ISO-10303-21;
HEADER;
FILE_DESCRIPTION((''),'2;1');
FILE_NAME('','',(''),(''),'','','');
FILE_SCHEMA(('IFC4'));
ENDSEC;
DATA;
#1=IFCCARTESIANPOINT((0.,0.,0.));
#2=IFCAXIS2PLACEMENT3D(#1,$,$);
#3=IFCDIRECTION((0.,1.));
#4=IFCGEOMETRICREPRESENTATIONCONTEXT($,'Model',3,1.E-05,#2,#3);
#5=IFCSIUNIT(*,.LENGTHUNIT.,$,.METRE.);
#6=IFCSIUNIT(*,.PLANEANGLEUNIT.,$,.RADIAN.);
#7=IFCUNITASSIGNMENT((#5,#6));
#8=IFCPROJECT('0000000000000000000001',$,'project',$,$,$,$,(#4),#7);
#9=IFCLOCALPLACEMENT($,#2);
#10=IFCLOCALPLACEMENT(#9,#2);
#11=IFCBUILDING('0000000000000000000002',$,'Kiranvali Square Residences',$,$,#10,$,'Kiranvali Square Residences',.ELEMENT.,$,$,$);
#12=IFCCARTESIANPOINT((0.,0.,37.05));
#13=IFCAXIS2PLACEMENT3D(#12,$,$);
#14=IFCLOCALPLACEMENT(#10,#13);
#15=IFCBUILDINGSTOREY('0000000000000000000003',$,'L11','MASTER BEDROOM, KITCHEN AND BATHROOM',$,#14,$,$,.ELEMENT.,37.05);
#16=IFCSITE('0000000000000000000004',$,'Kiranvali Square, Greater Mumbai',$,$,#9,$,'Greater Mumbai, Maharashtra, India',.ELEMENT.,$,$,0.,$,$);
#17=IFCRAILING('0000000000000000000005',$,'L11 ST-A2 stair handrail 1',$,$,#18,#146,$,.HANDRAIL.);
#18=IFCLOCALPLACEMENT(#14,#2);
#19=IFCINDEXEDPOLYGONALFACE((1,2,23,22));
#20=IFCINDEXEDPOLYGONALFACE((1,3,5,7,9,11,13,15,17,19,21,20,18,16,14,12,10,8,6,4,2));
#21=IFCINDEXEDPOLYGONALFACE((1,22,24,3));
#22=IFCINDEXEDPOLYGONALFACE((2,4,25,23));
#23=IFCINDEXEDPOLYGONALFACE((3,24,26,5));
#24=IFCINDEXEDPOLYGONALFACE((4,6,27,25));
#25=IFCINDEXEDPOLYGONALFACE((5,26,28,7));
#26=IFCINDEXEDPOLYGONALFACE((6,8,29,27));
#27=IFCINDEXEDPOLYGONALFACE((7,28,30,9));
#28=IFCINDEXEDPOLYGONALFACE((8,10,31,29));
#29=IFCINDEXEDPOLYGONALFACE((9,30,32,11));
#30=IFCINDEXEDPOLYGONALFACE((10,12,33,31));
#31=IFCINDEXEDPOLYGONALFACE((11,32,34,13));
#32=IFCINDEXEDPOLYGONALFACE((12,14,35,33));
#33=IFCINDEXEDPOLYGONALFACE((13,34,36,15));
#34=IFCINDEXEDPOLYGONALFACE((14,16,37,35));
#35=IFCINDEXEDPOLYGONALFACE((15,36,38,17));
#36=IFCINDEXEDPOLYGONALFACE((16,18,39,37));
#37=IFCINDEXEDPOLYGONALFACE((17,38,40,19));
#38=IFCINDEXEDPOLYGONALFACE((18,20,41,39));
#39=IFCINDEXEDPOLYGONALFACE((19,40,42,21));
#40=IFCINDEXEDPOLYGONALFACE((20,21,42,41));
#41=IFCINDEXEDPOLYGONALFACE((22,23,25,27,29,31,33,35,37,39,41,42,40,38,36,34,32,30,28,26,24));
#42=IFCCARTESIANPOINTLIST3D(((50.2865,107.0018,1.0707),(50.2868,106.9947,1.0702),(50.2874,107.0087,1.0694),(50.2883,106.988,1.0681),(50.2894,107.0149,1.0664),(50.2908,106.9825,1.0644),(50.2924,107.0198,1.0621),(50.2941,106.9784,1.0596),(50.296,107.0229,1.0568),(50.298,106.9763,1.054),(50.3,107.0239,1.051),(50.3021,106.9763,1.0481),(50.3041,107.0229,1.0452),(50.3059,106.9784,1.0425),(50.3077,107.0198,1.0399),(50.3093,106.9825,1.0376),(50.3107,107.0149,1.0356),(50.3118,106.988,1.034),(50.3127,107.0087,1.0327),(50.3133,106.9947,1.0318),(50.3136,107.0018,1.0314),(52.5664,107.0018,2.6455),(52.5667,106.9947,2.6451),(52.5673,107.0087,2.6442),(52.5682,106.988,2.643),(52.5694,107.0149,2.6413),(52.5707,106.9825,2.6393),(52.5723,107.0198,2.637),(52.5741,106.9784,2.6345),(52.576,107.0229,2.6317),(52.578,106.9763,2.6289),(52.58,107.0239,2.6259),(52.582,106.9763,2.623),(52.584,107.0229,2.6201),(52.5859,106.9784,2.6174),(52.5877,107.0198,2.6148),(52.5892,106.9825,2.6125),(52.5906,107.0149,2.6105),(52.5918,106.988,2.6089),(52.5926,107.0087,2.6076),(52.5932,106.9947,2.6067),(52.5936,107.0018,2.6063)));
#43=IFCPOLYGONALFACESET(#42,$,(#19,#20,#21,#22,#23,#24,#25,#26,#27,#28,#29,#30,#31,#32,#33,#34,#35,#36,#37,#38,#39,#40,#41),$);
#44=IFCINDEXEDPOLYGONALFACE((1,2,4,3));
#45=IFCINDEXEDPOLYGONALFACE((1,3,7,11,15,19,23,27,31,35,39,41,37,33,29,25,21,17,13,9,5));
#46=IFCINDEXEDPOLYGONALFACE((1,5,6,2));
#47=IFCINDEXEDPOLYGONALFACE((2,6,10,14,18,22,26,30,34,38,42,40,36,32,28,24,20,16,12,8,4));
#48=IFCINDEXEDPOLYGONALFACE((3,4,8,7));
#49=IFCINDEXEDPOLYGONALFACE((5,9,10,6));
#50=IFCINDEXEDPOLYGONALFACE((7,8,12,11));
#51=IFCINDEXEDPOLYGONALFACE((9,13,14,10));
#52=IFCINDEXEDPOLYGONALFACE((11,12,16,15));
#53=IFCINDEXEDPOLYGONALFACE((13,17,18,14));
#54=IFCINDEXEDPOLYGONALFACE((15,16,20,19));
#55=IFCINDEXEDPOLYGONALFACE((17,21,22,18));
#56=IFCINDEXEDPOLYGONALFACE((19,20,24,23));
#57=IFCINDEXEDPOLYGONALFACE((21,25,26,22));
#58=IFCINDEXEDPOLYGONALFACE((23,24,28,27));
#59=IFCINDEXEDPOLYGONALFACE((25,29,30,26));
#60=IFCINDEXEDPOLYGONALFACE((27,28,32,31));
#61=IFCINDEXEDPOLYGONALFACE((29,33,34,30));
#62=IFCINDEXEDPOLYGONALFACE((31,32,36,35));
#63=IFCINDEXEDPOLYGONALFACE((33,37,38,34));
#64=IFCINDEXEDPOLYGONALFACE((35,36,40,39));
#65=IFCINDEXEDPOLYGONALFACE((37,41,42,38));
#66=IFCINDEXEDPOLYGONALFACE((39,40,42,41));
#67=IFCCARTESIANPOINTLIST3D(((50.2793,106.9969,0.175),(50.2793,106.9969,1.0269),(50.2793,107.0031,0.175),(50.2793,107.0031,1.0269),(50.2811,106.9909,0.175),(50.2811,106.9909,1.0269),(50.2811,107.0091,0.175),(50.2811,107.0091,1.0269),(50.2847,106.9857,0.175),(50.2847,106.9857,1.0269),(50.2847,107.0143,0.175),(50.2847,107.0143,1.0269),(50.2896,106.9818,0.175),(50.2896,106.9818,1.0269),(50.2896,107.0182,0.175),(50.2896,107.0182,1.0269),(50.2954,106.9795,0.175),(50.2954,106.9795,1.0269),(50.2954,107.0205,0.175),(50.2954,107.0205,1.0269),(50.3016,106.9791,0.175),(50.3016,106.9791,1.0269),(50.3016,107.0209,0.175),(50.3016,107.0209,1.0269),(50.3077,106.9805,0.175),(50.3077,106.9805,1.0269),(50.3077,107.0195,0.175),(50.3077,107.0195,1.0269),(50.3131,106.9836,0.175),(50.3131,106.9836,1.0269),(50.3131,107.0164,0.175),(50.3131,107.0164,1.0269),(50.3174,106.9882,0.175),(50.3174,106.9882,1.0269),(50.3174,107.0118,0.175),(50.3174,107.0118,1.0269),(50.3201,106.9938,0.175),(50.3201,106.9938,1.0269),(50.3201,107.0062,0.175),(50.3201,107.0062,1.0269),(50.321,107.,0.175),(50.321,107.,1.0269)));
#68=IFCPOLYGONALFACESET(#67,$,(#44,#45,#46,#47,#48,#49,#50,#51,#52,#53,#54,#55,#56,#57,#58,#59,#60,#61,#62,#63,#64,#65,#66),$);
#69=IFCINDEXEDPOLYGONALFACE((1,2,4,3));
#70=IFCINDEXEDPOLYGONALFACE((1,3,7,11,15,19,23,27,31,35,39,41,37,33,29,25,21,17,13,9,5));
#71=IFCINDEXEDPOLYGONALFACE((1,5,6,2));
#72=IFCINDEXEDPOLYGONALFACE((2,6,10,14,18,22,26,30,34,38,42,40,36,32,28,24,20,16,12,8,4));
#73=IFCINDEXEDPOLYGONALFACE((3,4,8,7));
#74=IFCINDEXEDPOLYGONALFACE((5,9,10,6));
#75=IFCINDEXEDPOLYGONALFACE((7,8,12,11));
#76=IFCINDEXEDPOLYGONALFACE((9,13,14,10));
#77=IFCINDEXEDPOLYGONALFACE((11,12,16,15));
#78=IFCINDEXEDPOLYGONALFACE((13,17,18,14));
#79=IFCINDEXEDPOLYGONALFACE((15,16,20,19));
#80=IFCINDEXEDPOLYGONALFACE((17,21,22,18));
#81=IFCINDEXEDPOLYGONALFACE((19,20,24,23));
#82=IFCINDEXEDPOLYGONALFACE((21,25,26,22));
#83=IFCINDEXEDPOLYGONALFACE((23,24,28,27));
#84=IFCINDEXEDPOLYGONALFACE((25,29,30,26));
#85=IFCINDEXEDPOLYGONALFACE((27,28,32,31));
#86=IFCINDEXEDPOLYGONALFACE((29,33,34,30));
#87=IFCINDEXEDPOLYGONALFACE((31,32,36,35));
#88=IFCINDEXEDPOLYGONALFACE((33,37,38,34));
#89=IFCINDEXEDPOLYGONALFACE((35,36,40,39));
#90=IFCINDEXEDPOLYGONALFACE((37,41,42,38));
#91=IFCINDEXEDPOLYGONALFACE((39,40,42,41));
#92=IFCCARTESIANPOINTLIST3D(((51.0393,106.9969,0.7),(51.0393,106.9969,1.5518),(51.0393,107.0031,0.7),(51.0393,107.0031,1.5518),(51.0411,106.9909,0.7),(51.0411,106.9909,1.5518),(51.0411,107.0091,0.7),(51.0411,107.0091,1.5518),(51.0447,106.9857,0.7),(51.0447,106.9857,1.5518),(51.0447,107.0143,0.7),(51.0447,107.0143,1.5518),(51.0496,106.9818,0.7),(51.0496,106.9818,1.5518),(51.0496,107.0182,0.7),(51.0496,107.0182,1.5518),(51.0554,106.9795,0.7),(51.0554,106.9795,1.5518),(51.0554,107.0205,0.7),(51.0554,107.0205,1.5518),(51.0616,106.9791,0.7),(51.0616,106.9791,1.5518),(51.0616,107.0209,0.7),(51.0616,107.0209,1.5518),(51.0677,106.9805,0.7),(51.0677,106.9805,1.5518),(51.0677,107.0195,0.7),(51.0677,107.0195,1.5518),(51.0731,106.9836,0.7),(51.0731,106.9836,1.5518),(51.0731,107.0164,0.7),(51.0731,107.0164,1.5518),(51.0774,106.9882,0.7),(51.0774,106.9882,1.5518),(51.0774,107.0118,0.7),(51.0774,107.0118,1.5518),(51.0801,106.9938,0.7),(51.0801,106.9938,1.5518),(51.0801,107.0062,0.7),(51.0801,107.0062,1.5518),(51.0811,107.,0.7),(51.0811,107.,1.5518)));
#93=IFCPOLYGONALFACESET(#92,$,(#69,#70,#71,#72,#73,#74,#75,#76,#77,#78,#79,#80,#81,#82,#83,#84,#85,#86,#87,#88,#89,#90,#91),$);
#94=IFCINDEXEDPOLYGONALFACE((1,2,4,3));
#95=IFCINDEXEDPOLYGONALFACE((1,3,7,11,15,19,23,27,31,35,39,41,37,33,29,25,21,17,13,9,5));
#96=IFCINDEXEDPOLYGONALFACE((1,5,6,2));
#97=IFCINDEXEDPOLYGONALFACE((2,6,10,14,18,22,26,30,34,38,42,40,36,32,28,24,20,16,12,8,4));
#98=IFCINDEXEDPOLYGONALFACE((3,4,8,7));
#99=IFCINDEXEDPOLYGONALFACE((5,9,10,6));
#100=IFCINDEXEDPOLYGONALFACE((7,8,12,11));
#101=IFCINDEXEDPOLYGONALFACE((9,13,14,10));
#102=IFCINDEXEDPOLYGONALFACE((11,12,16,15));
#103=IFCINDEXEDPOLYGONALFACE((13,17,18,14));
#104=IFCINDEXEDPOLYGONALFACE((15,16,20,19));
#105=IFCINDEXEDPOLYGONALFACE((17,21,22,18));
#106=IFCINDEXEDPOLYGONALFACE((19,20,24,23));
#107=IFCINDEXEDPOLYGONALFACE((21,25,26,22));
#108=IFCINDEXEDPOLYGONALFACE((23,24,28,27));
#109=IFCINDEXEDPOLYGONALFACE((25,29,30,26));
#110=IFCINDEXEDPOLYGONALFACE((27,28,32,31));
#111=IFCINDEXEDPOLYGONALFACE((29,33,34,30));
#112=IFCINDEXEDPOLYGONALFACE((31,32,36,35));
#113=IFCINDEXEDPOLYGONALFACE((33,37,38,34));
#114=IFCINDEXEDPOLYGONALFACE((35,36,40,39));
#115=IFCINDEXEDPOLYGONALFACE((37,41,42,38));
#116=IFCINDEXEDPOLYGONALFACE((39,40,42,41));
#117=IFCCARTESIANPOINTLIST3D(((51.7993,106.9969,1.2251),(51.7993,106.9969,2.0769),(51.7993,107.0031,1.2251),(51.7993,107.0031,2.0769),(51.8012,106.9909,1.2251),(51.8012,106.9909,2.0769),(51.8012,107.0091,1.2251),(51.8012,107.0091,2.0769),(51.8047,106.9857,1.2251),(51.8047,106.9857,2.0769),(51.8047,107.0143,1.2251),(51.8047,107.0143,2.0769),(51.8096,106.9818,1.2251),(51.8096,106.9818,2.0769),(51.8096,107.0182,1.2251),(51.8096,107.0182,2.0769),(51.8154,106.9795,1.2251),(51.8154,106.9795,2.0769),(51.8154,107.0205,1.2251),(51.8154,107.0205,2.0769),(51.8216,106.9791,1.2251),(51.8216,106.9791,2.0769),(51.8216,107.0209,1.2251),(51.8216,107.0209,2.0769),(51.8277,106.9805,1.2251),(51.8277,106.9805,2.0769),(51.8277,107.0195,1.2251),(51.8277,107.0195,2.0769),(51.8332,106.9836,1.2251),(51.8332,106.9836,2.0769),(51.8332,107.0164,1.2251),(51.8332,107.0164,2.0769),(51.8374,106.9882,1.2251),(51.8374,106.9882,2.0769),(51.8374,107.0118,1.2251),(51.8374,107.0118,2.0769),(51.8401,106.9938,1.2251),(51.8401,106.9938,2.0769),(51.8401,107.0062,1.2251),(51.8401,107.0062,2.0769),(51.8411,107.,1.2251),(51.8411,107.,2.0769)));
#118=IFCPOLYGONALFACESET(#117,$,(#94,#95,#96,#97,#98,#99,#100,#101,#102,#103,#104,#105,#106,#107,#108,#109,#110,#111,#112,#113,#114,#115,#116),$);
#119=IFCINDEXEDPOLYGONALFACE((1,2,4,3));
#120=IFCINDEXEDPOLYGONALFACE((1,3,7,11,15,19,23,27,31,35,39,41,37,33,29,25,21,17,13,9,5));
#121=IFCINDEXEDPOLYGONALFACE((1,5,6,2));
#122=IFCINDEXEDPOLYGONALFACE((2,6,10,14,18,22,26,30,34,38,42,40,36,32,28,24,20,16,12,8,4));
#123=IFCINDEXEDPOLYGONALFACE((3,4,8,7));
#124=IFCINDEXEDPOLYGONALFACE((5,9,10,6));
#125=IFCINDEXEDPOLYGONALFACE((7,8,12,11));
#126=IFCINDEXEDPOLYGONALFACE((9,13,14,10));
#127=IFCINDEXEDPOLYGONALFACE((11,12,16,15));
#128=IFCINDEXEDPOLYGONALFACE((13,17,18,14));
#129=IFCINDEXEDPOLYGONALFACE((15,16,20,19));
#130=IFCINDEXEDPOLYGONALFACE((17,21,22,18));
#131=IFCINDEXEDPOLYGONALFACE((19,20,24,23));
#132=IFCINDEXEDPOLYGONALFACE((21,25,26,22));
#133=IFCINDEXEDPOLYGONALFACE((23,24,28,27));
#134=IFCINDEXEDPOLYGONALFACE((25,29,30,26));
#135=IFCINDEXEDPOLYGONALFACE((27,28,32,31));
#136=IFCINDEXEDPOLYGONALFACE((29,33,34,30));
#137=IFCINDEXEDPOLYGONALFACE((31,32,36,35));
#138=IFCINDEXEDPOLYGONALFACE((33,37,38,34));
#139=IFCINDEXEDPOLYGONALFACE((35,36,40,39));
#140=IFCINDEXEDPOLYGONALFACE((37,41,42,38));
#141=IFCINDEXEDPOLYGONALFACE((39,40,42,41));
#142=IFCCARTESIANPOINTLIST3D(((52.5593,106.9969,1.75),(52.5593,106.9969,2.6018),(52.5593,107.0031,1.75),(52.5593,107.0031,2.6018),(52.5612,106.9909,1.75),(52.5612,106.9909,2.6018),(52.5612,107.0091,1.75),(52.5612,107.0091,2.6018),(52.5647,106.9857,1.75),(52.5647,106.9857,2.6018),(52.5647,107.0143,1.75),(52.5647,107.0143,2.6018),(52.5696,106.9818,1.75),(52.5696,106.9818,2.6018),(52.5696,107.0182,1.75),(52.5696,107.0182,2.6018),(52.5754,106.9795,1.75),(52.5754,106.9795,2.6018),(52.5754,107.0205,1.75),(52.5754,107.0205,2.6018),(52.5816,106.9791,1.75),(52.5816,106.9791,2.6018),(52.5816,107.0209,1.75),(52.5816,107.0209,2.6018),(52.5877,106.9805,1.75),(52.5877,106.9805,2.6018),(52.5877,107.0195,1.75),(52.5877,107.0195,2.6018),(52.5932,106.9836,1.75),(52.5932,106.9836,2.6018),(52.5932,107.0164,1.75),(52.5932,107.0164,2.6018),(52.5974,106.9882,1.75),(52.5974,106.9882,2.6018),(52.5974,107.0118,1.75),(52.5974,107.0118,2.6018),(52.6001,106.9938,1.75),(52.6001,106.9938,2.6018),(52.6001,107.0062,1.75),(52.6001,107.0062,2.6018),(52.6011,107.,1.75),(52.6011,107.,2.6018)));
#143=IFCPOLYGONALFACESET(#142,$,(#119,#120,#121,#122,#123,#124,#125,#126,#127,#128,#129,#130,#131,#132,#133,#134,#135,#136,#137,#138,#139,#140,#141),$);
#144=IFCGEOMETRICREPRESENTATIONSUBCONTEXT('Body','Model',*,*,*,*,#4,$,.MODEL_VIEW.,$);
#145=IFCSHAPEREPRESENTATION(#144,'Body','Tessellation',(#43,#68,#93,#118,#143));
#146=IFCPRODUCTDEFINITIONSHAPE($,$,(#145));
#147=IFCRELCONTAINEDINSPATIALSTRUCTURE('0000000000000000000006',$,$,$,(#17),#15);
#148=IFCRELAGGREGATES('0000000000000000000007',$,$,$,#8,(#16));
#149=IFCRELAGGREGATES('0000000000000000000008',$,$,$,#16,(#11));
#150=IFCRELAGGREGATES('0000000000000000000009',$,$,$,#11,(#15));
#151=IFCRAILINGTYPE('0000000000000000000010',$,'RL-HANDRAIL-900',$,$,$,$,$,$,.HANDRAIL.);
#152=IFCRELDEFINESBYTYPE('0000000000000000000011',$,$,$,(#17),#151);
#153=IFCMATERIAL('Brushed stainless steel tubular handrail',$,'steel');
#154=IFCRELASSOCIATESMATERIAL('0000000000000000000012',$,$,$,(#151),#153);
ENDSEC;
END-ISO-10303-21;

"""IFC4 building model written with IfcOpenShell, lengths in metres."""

from ifc_helpers import new_model, si_unit, direction, frame, origin, origin_2d, place, context, subcontext, project, spatial, circle, extrude, material, type_object, element, save


model = new_model("IFC4")

# Units and contexts
model_context = context("Model", 3, precision=1e-05, world=origin(), true_north=direction((0.0, 1.0)))
body_context = subcontext(model_context, "Body", "Model", "MODEL_VIEW")
ifc_project = project(units=[si_unit("LENGTHUNIT", "METRE"), si_unit("PLANEANGLEUNIT", "RADIAN")], contexts=[model_context])

# Site, building, storey
site_placement = place(None, origin())
site = spatial("IfcSite", under=ifc_project, at=site_placement, Name="Kiranvali Square, Greater Mumbai", LongName="Greater Mumbai, Maharashtra, India", CompositionType="ELEMENT", RefElevation=0.0)
building_placement = place(site_placement, origin())
building = spatial("IfcBuilding", under=site, at=building_placement, Name="Kiranvali Square Residences", LongName="Kiranvali Square Residences", CompositionType="ELEMENT")
storey_placement = place(building_placement, frame((0.0, 0.0, 37.05)))
storey = spatial("IfcBuildingStorey", under=building, at=storey_placement, Name="L11", Description="MASTER BEDROOM, KITCHEN AND BATHROOM", CompositionType="ELEMENT", Elevation=37.05)

# Railing
ifc_material_1 = material(Name="Brushed stainless steel tubular handrail", Category="steel")
railing_type_1 = type_object("IfcRailingType", Name="RL-HANDRAIL-900", PredefinedType="HANDRAIL", material=ifc_material_1)
railing_1_placement = place(storey_placement, frame((50.3, 107.0, 0.175)))
element("IfcRailing", 1, at=railing_1_placement, inside=storey, type_object=railing_type_1, Name="L11 ST-A2 stair handrail 1", PredefinedType="HANDRAIL", context=body_context, shape_type="SweptSolid", body=[
    extrude(circle(Radius=0.0239, at=origin_2d()), frame((0.0, 0.0, 0.876), z_axis=(0.822788, 0.0, 0.568348), x_axis=(0.0, 1.0, 0.0)), (0.0, 0.0, 1.0), 2.771),
    extrude(circle(Radius=0.021, at=origin_2d()), origin(), (0.0, 0.0, 1.0), 0.8518),
    extrude(circle(Radius=0.021, at=origin_2d()), frame((0.76, 0.0, 0.5249)), (0.0, 0.0, 1.0), 0.8518),
    extrude(circle(Radius=0.021, at=origin_2d()), frame((1.52, 0.0, 1.05)), (0.0, 0.0, 1.0), 0.8518),
    extrude(circle(Radius=0.021, at=origin_2d()), frame((2.28, 0.0, 1.575)), (0.0, 0.0, 1.0), 0.8518),
])

save(model, "model.ifc")
